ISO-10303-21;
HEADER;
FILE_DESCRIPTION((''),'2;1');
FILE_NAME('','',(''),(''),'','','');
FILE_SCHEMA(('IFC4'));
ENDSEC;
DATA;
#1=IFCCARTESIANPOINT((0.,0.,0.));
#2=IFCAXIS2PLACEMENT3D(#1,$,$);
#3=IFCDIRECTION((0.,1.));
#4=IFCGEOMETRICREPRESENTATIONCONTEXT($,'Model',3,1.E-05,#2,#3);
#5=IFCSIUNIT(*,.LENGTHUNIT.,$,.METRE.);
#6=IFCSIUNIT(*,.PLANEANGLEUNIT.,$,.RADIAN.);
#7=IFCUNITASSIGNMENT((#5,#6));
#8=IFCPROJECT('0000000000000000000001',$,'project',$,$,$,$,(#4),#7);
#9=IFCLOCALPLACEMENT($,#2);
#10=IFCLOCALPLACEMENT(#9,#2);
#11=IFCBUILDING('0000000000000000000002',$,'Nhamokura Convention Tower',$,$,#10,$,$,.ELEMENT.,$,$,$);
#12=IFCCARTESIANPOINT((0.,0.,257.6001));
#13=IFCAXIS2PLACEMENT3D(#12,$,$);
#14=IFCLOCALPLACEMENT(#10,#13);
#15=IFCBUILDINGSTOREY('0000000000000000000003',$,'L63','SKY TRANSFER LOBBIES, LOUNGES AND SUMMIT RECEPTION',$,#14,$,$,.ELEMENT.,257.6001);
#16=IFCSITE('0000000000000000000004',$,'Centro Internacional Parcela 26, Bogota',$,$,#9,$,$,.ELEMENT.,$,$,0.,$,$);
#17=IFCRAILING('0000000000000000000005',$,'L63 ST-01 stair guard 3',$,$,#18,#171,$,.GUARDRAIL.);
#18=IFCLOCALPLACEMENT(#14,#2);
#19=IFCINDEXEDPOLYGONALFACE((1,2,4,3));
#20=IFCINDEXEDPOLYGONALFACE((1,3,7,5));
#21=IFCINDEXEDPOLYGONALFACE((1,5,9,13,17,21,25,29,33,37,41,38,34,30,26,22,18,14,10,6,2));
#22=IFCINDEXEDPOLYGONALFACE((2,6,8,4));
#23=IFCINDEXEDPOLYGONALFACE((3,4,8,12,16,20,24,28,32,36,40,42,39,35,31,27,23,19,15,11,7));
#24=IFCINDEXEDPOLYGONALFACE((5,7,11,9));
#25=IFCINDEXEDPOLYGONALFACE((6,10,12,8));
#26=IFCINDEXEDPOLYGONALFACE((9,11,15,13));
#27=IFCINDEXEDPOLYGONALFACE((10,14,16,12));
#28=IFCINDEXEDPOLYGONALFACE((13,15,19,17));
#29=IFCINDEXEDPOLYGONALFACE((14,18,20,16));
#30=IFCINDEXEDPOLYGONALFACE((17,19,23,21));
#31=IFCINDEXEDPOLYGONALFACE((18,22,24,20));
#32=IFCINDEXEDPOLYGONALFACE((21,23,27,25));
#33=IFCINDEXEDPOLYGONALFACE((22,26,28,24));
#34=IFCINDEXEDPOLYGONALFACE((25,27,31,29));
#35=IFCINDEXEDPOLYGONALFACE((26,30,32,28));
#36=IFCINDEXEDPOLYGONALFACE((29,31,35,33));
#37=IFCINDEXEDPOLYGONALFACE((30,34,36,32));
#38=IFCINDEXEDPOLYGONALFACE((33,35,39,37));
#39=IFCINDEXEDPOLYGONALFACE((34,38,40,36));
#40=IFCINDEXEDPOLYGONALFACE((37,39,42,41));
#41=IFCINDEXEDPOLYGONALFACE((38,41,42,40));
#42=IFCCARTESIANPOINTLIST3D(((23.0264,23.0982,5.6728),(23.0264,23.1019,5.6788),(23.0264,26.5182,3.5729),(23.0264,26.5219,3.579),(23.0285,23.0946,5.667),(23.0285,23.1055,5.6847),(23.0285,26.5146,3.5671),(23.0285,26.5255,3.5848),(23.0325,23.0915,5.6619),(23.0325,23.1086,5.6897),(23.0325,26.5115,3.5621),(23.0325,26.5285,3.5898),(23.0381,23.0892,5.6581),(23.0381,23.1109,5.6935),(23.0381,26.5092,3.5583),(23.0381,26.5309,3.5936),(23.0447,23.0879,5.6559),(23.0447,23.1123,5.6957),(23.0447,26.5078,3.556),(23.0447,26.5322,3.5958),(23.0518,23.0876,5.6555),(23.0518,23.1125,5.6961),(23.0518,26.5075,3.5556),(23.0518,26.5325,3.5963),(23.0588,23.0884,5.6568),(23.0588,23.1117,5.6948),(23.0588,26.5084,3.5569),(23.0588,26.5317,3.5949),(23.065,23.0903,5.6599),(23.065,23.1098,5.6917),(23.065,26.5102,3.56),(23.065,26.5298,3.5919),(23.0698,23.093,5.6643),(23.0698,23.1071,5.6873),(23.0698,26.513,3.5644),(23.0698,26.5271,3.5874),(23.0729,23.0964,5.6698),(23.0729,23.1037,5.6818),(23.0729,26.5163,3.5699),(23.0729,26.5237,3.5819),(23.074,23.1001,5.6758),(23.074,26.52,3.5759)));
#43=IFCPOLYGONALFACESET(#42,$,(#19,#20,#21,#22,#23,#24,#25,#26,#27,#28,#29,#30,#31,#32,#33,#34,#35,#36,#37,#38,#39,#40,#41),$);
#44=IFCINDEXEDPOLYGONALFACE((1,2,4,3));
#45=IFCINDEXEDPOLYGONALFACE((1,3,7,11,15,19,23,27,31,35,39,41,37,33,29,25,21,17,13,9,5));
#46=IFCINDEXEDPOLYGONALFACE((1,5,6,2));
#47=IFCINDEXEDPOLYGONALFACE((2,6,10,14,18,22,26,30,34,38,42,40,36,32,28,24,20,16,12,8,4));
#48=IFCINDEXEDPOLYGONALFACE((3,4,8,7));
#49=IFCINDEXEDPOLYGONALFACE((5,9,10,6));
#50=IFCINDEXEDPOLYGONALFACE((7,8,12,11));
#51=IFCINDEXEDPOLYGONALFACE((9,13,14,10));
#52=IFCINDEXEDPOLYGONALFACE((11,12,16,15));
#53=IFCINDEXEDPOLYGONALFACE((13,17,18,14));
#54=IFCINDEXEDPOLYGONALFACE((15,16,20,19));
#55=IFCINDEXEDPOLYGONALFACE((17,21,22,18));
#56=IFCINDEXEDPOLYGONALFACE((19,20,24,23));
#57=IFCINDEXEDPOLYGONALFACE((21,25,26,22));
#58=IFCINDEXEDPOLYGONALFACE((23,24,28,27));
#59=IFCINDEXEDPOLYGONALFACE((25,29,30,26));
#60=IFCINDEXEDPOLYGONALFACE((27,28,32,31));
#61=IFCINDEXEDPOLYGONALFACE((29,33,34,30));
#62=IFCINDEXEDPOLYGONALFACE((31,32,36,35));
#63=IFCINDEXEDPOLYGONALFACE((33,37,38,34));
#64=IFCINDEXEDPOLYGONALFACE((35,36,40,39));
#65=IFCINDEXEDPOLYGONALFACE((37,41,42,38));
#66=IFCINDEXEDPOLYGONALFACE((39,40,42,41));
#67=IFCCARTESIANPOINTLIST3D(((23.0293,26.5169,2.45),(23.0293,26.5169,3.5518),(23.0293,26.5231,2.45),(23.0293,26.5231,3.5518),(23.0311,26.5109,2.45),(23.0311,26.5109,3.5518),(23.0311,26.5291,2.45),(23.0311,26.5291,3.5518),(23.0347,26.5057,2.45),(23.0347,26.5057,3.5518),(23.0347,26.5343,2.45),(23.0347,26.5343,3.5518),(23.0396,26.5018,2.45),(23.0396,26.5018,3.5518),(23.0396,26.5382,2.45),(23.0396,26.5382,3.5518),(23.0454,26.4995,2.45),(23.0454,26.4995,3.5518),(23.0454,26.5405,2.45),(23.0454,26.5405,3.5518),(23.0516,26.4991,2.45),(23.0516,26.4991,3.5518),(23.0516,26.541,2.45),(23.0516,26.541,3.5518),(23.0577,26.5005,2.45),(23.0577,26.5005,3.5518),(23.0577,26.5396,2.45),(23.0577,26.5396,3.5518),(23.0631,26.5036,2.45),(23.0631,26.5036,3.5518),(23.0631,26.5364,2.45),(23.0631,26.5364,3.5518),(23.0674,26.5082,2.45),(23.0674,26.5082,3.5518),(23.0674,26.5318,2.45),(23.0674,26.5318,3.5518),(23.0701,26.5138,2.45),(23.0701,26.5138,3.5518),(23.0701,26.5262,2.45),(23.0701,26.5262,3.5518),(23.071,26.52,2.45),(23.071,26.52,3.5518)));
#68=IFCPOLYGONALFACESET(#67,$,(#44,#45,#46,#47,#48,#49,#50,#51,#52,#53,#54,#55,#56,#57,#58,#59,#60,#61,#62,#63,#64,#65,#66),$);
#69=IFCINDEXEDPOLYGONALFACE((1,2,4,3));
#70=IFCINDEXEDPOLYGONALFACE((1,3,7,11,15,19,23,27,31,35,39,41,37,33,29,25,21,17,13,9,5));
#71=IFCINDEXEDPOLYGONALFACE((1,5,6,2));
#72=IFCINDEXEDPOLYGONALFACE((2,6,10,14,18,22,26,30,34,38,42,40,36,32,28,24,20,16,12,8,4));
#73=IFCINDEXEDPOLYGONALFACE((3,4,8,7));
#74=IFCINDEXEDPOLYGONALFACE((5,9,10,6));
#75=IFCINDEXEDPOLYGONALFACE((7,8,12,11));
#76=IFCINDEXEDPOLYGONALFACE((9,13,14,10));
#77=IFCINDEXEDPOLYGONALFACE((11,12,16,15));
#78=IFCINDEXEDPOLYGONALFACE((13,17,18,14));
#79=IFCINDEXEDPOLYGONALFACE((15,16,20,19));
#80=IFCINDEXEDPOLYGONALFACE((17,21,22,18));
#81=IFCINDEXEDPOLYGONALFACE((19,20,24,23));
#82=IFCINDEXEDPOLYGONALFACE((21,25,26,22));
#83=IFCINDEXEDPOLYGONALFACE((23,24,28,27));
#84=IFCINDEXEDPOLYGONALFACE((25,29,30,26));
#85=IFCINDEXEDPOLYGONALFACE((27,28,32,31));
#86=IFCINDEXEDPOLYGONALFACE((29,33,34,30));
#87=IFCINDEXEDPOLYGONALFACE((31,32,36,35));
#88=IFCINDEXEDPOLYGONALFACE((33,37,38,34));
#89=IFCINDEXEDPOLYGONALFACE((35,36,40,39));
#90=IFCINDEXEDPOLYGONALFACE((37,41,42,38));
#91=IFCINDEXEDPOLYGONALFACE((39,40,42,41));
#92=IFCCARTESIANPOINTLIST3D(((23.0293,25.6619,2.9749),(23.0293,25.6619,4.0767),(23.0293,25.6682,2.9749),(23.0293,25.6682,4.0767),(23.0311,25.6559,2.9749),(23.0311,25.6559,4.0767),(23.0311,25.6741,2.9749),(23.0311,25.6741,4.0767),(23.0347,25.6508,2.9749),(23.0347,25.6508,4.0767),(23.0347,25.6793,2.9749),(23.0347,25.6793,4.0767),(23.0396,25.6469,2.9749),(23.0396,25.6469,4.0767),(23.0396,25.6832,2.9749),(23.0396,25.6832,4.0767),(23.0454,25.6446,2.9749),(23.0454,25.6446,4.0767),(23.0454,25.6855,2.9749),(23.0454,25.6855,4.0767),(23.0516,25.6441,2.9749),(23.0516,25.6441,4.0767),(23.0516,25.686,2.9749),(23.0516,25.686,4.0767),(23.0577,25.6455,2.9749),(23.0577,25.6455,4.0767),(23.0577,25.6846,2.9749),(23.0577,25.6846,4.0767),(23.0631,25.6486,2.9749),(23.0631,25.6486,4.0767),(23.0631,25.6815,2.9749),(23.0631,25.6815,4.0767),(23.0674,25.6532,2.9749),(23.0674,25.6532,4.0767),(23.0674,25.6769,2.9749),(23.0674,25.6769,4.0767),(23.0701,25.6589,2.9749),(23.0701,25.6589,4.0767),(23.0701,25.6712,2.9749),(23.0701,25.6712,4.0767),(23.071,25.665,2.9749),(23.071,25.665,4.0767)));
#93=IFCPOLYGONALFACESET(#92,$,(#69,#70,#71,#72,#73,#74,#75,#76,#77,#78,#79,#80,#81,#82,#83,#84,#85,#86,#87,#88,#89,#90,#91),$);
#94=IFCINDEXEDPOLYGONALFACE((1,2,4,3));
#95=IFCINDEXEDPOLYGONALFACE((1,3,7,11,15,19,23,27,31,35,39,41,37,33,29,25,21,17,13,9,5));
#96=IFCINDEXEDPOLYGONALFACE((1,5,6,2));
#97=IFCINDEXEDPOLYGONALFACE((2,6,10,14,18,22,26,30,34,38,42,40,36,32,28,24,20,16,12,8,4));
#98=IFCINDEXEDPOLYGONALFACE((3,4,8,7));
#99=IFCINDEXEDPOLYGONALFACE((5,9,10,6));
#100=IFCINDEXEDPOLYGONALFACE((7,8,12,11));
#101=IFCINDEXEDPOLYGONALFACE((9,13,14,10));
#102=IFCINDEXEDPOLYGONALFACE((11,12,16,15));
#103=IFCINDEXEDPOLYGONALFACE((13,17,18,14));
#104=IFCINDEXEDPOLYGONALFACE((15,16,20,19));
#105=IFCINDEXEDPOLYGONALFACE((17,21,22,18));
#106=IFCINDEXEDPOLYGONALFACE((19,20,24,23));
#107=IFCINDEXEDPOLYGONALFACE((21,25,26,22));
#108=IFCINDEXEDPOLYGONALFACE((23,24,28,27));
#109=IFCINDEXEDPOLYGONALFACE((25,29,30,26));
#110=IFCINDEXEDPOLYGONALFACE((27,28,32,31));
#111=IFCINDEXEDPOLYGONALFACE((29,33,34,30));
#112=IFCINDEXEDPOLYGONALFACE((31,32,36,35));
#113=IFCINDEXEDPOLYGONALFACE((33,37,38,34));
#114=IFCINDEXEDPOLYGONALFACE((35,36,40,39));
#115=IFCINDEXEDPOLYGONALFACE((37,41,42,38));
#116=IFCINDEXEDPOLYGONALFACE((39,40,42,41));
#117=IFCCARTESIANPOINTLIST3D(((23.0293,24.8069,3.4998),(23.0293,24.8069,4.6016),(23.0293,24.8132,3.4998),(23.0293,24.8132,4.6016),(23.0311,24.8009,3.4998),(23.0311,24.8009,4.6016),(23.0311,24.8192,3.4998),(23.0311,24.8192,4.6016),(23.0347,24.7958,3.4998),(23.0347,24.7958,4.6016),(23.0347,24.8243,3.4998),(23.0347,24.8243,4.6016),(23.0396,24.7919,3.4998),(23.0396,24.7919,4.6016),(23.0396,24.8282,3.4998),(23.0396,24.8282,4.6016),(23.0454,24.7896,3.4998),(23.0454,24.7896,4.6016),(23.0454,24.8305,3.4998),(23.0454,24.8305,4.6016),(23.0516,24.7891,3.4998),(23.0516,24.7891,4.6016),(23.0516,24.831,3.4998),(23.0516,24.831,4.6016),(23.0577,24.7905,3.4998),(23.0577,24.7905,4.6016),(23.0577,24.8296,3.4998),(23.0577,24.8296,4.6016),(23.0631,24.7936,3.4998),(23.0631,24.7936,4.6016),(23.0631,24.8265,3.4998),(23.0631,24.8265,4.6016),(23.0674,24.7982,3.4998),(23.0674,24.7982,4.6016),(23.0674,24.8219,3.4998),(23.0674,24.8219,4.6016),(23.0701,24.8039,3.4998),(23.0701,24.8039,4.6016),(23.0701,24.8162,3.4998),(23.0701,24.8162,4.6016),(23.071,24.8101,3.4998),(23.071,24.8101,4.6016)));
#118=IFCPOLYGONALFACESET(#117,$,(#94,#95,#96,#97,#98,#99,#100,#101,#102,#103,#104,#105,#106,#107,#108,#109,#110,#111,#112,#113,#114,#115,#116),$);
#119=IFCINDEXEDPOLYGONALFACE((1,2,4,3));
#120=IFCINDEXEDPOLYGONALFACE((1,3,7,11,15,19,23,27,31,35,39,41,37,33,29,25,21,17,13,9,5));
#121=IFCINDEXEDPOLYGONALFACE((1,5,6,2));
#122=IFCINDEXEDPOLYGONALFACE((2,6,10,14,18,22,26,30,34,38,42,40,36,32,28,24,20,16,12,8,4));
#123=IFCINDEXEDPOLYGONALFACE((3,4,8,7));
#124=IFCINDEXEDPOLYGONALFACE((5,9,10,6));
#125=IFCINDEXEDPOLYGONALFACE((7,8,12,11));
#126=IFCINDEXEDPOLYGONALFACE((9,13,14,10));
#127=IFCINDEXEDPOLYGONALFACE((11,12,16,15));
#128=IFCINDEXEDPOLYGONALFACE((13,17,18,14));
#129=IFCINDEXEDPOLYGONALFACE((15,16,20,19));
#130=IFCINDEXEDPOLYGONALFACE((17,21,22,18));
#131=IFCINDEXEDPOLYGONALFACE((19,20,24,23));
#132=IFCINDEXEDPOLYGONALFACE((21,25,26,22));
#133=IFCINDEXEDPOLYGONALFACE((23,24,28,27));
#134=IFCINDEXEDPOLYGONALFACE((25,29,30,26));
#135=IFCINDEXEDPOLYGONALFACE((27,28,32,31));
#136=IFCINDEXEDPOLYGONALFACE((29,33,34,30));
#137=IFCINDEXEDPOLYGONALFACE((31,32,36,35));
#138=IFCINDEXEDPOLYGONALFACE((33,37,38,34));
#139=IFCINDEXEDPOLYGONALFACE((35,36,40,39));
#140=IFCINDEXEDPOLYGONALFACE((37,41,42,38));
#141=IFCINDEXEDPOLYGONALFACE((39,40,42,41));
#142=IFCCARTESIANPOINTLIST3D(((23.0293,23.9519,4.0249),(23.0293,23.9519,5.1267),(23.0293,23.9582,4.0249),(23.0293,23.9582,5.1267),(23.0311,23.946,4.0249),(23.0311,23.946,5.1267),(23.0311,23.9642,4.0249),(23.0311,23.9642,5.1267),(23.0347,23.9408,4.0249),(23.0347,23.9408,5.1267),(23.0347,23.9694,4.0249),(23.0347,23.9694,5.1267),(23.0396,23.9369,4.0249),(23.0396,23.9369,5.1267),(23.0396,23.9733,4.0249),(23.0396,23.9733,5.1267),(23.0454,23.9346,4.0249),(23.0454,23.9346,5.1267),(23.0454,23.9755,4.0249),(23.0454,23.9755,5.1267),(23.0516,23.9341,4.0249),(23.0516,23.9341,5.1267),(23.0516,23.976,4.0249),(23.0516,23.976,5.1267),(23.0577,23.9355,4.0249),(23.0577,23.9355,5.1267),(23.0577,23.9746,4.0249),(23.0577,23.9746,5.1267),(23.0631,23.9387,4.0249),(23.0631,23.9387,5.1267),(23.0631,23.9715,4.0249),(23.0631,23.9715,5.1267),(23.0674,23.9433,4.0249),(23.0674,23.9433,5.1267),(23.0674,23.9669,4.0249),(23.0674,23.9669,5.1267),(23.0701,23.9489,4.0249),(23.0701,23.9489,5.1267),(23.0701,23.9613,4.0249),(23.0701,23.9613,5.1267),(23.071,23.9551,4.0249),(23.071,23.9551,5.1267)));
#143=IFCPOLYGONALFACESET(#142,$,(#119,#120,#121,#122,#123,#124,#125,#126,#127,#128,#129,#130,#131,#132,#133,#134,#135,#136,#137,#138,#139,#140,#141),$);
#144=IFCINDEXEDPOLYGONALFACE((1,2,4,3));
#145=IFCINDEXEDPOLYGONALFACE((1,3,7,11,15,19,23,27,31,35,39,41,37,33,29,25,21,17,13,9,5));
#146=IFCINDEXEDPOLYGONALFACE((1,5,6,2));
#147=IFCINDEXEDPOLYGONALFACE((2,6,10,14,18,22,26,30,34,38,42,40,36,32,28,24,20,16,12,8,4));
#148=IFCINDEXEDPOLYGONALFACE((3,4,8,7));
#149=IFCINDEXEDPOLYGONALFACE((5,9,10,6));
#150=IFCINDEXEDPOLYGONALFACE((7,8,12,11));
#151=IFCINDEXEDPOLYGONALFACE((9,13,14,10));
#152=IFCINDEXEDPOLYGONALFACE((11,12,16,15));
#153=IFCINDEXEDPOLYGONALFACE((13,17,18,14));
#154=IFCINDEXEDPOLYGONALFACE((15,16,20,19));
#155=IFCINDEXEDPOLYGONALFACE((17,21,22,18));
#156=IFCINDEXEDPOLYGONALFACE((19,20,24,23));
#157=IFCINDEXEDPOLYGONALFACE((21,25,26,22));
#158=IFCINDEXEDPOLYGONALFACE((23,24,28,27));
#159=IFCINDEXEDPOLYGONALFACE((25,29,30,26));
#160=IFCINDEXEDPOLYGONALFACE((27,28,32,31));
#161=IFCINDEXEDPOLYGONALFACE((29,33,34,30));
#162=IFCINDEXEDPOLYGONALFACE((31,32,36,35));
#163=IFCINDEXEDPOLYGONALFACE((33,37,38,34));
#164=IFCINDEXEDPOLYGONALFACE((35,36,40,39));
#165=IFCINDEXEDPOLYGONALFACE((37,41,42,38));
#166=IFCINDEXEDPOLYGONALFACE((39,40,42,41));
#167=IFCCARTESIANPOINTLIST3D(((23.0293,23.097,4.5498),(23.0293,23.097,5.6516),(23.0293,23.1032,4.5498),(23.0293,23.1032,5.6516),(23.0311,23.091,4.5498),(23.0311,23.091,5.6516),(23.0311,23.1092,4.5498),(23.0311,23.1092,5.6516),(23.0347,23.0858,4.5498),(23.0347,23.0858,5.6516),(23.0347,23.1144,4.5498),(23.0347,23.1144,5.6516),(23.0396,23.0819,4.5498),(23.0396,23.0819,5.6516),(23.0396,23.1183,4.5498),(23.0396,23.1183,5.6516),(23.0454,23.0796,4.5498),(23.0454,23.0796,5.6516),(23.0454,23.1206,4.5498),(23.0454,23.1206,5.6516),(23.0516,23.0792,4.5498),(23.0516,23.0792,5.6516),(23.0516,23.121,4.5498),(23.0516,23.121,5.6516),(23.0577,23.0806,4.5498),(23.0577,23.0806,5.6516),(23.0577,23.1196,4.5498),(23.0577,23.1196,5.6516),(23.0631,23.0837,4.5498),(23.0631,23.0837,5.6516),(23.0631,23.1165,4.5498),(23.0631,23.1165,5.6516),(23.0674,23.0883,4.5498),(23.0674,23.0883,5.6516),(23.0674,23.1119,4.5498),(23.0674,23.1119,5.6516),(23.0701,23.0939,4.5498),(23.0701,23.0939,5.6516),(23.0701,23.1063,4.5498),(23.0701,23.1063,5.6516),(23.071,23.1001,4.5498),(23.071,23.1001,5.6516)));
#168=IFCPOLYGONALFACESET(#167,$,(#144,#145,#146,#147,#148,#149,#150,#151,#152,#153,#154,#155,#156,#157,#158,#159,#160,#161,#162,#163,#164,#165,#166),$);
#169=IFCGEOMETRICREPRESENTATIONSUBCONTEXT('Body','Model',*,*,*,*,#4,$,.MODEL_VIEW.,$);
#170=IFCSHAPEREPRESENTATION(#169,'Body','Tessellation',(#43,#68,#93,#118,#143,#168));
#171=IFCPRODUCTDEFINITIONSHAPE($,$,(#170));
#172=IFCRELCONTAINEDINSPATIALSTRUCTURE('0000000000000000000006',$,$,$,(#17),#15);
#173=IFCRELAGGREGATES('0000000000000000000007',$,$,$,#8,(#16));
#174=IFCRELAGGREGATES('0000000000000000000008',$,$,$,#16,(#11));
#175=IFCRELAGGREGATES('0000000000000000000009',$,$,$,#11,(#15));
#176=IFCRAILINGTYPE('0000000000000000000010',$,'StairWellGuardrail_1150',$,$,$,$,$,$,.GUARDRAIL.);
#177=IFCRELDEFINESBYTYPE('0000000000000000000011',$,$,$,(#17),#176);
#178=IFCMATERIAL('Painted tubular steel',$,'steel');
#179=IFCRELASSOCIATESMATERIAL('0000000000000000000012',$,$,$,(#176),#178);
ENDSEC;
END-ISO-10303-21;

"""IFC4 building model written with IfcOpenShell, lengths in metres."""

from ifc_helpers import new_model, si_unit, direction, frame, origin, origin_2d, place, context, subcontext, project, spatial, circle, extrude, material, type_object, element, save


model = new_model("IFC4")

# Units and contexts
model_context = context("Model", 3, precision=1e-05, world=origin(), true_north=direction((0.0, 1.0)))
body_context = subcontext(model_context, "Body", "Model", "MODEL_VIEW")
ifc_project = project(units=[si_unit("LENGTHUNIT", "METRE"), si_unit("PLANEANGLEUNIT", "RADIAN")], contexts=[model_context])

# Site, building, storey
site_placement = place(None, origin())
site = spatial("IfcSite", under=ifc_project, at=site_placement, Name="Centro Internacional Parcela 26, Bogota", CompositionType="ELEMENT", RefElevation=0.0)
building_placement = place(site_placement, origin())
building = spatial("IfcBuilding", under=site, at=building_placement, Name="Nhamokura Convention Tower", CompositionType="ELEMENT")
storey_placement = place(building_placement, frame((0.0, 0.0, 257.6001)))
storey = spatial("IfcBuildingStorey", under=building, at=storey_placement, Name="L63", Description="SKY TRANSFER LOBBIES, LOUNGES AND SUMMIT RECEPTION", CompositionType="ELEMENT", Elevation=257.6001)

# Railing
ifc_material_1 = material(Name="Painted tubular steel", Category="steel")
railing_type_1 = type_object("IfcRailingType", Name="StairWellGuardrail_1150", PredefinedType="GUARDRAIL", material=ifc_material_1)
railing_1_placement = place(storey_placement, frame((23.05, 26.52, 2.45)))
element("IfcRailing", 1, at=railing_1_placement, inside=storey, type_object=railing_type_1, Name="L63 ST-01 stair guard 3", PredefinedType="GUARDRAIL", context=body_context, shape_type="SweptSolid", body=[
    extrude(circle(Radius=0.0239, at=origin_2d()), frame((0.0, 0.0, 1.126), z_axis=(0.0, -0.852182, 0.523245), x_axis=(1.0, 0.0, 0.0)), (0.0, 0.0, 1.0), 4.0132),
    extrude(circle(Radius=0.021, at=origin_2d()), origin(), (0.0, 0.0, 1.0), 1.1018),
    extrude(circle(Radius=0.021, at=origin_2d()), frame((0.0, -0.855, 0.5249)), (0.0, 0.0, 1.0), 1.1018),
    extrude(circle(Radius=0.021, at=origin_2d()), frame((0.0, -1.71, 1.0498)), (0.0, 0.0, 1.0), 1.1018),
    extrude(circle(Radius=0.021, at=origin_2d()), frame((0.0, -2.5649, 1.575)), (0.0, 0.0, 1.0), 1.1018),
    extrude(circle(Radius=0.021, at=origin_2d()), frame((0.0, -3.4199, 2.0999)), (0.0, 0.0, 1.0), 1.1018),
])

save(model, "model.ifc")
